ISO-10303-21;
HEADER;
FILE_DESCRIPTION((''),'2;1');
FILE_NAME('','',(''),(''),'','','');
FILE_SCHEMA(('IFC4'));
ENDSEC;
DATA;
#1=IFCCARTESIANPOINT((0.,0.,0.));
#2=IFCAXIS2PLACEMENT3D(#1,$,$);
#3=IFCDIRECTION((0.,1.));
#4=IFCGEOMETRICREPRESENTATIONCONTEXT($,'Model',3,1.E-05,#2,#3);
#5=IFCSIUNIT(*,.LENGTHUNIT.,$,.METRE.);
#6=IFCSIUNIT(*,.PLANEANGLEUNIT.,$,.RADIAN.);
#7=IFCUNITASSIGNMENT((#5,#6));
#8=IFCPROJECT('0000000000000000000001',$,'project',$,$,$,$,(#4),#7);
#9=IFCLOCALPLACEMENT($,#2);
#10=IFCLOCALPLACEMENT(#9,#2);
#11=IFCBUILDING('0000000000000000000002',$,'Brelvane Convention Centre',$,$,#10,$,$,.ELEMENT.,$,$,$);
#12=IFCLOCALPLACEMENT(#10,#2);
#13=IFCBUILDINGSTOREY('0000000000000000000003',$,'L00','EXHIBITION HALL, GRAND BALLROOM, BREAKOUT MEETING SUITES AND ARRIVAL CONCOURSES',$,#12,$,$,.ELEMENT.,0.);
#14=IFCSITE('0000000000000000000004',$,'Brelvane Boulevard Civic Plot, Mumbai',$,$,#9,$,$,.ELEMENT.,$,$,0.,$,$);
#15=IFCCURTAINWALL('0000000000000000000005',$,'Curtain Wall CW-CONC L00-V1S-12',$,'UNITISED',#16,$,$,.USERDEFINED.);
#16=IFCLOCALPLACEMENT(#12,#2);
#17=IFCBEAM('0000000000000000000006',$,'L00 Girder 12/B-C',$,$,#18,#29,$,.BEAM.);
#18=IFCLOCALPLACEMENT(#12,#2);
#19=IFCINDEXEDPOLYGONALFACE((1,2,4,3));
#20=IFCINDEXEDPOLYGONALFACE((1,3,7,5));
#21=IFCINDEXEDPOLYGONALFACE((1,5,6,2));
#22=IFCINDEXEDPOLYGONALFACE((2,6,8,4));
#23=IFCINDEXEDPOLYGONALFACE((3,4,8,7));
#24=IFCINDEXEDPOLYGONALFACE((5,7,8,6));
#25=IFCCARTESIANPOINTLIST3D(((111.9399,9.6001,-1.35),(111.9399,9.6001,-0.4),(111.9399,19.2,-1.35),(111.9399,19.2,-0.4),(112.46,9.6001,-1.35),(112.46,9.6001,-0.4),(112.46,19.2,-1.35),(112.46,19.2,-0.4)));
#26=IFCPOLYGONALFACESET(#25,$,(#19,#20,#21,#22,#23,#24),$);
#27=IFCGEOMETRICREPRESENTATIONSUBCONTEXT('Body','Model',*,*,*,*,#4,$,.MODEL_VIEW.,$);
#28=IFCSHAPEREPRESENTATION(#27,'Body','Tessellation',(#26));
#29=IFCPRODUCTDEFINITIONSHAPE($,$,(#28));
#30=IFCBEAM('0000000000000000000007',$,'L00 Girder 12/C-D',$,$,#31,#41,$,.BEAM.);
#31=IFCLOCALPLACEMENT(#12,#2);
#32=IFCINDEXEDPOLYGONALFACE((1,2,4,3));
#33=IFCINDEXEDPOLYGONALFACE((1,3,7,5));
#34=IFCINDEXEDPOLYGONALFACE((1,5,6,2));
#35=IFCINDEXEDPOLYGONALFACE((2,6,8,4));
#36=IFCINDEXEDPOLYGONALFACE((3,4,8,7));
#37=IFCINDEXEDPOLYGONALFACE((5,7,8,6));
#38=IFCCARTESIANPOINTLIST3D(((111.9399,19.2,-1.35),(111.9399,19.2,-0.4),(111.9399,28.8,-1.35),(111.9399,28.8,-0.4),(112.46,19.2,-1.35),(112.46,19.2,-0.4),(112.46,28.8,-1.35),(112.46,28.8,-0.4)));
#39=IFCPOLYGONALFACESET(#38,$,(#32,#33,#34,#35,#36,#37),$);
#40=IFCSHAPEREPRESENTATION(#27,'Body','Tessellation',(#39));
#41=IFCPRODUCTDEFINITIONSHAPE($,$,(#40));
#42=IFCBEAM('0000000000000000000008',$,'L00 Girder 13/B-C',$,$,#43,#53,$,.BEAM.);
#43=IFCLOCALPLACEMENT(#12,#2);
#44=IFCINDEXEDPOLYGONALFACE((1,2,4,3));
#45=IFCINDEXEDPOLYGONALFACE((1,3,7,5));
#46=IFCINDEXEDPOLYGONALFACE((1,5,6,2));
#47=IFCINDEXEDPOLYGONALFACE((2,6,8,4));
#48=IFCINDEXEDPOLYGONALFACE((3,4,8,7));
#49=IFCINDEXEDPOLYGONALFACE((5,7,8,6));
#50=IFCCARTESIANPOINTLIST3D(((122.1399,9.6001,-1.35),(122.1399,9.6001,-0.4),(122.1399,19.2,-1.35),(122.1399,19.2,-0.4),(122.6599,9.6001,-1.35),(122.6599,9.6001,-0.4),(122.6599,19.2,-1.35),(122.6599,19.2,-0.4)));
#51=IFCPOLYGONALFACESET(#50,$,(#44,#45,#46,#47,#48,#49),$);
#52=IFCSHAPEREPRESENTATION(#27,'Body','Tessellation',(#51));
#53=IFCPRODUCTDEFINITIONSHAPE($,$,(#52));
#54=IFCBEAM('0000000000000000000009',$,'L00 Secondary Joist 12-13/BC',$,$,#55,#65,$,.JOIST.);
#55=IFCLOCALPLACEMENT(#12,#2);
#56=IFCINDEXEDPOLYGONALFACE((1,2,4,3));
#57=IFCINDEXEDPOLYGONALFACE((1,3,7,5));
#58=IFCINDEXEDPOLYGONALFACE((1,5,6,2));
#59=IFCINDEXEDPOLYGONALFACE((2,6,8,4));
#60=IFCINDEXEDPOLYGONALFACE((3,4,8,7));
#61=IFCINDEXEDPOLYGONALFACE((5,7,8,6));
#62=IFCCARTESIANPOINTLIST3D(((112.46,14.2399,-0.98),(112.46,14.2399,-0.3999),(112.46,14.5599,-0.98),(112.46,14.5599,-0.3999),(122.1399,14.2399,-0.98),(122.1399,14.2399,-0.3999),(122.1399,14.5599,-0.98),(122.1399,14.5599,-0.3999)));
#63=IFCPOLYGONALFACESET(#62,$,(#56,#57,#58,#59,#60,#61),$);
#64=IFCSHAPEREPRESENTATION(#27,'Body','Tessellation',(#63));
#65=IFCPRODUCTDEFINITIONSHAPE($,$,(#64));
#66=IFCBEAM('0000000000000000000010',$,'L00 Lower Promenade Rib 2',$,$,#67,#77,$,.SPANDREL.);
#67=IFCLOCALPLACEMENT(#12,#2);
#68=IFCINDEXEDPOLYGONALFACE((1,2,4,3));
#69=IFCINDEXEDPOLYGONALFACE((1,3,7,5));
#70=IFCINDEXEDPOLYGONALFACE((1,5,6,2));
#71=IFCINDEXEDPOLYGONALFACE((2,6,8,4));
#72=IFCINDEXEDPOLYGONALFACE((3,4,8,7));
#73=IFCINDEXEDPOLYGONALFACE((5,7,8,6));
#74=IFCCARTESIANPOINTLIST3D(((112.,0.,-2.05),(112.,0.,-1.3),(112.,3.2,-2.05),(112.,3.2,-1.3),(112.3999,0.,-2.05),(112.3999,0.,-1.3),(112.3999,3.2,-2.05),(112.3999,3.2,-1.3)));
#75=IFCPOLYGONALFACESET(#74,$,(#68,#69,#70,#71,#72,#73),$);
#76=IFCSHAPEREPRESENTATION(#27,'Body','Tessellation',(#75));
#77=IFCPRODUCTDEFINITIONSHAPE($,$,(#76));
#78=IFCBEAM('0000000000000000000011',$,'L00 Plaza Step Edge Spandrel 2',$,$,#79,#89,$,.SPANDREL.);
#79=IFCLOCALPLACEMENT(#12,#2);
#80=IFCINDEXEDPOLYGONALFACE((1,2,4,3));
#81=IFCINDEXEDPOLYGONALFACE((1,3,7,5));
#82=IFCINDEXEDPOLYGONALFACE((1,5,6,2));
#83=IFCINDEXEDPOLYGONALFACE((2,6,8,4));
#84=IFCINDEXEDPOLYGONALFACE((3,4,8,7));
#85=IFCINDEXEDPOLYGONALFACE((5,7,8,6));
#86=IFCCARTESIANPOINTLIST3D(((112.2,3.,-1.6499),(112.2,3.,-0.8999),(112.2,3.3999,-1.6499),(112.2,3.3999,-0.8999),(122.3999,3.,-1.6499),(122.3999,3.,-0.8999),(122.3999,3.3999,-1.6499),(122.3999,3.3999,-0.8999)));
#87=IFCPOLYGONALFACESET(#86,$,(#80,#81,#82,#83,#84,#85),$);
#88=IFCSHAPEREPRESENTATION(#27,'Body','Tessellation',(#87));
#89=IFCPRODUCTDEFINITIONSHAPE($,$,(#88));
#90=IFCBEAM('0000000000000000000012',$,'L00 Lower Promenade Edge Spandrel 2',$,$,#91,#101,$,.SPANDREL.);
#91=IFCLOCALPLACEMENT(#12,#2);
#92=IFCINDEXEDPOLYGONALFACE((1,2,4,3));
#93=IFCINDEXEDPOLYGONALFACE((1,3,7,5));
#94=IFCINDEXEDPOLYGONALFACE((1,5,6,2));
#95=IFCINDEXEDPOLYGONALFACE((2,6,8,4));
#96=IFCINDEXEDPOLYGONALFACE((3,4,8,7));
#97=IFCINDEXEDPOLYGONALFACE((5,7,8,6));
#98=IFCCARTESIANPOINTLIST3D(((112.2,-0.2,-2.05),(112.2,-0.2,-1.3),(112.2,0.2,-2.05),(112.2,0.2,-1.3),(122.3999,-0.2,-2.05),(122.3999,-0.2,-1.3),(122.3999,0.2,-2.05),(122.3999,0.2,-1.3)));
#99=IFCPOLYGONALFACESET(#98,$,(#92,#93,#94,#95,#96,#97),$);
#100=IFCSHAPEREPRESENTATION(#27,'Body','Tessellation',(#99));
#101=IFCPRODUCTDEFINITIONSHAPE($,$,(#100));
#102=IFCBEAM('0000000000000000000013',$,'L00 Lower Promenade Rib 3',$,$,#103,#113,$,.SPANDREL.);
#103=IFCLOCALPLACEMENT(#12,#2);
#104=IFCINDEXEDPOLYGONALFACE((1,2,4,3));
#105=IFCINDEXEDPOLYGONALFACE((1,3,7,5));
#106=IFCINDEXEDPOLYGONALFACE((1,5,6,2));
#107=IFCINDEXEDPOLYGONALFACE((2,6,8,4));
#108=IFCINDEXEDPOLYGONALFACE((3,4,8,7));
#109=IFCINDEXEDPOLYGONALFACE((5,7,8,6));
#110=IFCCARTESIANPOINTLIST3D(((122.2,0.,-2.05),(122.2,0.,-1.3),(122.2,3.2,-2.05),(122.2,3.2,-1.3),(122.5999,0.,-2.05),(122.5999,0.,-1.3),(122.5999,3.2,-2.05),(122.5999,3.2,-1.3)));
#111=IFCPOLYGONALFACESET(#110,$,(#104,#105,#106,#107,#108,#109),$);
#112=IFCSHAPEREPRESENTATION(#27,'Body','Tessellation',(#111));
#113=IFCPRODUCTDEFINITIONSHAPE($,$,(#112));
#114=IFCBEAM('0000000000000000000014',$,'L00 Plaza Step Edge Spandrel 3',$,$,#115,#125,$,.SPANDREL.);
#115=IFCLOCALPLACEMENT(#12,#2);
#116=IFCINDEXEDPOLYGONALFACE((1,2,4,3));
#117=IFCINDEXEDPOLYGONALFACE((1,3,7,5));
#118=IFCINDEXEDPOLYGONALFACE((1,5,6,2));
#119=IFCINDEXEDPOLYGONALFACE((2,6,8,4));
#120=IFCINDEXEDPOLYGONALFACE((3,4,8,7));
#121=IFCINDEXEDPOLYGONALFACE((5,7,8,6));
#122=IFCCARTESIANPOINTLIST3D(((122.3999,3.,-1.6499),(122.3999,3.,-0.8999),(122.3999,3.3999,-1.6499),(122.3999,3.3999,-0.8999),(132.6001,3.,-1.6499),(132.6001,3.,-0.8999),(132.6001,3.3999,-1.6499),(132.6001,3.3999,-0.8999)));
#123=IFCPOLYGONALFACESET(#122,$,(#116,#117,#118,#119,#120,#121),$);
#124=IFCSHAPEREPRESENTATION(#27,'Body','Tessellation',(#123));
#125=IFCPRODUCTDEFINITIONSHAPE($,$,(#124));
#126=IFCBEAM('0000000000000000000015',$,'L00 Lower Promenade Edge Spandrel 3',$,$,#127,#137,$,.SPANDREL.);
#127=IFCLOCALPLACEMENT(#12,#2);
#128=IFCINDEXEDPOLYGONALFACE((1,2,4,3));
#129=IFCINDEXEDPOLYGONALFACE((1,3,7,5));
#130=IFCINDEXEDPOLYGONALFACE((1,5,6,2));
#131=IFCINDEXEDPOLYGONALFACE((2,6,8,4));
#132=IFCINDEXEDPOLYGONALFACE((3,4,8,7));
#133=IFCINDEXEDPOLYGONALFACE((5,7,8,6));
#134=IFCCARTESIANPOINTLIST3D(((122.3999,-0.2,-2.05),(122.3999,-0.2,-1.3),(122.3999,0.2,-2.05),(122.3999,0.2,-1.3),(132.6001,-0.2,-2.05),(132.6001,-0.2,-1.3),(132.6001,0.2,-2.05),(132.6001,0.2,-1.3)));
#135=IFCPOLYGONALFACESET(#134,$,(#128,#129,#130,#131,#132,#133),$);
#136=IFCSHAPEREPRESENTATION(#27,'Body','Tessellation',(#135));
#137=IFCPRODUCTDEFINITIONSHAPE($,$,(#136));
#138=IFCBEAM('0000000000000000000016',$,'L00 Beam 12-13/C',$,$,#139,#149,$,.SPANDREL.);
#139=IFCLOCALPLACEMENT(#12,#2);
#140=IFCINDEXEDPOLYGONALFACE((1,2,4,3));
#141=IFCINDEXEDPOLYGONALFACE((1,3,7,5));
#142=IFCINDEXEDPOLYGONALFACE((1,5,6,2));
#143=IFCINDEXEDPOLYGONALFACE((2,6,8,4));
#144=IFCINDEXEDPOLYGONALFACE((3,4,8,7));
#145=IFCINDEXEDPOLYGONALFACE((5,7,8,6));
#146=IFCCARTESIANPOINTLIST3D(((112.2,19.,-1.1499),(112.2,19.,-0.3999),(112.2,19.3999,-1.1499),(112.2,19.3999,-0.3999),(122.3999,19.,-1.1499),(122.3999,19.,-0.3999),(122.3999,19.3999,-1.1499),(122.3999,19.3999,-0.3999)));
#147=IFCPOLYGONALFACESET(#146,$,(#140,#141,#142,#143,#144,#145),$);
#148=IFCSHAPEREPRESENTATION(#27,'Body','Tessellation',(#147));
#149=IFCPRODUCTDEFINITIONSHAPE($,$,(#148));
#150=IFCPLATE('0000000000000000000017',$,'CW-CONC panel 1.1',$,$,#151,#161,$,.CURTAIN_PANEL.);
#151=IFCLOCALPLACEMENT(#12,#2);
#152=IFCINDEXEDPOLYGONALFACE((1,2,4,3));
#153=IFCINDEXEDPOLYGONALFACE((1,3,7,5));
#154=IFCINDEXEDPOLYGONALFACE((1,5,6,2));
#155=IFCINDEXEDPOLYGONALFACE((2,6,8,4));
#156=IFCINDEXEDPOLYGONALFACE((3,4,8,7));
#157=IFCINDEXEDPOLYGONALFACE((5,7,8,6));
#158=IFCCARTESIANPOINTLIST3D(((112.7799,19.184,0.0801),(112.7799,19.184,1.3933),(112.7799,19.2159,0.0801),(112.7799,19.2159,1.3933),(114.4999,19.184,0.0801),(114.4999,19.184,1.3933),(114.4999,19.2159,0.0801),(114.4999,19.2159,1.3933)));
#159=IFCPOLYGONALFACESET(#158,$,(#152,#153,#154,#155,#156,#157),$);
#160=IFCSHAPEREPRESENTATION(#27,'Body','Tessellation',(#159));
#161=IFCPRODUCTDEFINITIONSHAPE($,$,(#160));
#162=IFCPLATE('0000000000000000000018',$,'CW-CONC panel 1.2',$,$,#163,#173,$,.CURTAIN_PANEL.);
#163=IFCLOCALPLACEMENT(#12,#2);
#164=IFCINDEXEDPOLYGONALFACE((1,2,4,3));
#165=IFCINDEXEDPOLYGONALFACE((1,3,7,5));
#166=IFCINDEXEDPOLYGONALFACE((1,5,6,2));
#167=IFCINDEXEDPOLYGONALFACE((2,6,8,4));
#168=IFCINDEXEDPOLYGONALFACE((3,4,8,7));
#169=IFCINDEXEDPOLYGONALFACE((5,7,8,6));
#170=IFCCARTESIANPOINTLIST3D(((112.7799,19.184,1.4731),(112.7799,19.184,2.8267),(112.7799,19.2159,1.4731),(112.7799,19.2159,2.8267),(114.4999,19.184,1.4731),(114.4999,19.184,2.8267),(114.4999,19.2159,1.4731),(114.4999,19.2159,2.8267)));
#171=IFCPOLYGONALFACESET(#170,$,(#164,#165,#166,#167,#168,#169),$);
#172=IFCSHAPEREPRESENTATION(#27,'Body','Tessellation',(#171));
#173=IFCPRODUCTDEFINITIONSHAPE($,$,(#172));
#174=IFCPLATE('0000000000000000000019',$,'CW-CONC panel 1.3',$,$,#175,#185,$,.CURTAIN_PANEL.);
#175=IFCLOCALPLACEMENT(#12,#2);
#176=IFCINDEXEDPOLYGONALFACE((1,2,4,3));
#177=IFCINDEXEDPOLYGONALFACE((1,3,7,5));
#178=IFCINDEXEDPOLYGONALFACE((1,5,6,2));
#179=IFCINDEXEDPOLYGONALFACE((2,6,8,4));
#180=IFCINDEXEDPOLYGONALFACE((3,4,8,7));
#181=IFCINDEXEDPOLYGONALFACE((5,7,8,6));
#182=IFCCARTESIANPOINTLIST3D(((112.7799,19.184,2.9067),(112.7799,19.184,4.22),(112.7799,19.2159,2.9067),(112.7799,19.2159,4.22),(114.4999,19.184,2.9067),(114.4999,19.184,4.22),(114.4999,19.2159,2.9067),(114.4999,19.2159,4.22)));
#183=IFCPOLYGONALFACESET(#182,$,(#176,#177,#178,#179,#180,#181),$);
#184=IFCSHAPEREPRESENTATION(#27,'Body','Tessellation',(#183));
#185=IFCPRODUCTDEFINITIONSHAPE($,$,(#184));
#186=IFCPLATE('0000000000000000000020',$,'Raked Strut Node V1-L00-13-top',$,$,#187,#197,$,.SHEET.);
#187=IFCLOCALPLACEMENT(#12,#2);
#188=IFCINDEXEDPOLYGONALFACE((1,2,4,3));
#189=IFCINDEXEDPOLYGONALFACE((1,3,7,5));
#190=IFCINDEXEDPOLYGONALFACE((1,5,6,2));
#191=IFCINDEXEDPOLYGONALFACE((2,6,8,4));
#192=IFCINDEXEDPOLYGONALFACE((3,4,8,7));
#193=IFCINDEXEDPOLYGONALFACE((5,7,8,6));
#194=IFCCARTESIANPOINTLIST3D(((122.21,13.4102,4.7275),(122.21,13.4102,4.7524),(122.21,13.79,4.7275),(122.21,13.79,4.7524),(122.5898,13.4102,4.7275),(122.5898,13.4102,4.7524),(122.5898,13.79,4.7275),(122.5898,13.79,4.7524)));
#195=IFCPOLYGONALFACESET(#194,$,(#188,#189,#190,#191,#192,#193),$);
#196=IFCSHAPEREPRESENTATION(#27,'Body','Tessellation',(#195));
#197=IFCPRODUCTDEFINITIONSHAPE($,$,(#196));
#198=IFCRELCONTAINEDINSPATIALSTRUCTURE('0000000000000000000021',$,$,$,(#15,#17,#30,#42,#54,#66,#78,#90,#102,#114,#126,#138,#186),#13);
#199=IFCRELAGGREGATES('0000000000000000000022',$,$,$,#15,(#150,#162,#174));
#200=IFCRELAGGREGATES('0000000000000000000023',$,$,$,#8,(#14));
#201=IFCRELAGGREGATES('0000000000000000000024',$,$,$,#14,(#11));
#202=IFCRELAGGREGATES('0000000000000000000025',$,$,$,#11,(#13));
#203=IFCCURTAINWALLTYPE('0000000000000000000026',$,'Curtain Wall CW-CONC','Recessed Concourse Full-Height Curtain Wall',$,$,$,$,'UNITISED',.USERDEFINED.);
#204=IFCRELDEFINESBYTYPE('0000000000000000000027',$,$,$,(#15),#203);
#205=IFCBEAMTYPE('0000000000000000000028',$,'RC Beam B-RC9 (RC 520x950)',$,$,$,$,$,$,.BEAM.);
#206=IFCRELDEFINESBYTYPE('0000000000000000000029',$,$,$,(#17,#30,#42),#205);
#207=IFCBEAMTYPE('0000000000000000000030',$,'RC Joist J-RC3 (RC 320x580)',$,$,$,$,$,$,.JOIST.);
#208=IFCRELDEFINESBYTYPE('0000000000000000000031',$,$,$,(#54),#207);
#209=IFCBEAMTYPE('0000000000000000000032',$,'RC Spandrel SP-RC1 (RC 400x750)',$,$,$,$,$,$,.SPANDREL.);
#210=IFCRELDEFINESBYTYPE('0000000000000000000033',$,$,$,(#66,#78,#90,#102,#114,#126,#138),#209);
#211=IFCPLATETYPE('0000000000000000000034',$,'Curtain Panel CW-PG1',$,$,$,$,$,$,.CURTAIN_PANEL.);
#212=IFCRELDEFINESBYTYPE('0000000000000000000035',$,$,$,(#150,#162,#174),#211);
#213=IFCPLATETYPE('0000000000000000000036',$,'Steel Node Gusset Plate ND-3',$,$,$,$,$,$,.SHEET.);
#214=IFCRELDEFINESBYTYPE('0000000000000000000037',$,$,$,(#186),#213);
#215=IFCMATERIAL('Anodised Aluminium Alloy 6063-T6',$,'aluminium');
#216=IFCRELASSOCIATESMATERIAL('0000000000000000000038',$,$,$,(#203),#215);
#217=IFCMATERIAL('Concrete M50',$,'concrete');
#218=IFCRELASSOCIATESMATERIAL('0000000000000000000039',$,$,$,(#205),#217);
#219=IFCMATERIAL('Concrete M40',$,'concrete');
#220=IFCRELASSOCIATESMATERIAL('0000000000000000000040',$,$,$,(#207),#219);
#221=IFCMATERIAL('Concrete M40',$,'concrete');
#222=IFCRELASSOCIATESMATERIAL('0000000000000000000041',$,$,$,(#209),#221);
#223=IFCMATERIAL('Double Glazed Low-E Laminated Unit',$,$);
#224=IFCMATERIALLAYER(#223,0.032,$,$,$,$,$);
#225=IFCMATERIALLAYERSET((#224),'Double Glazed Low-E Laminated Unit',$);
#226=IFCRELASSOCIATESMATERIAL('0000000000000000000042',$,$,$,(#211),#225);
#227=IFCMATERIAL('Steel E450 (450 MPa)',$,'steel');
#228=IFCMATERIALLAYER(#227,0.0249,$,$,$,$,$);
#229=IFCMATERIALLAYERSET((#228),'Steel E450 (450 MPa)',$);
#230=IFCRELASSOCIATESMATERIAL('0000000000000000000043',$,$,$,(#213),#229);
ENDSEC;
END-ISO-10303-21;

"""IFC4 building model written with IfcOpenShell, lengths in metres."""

from ifc_helpers import new_model, si_unit, direction, frame, origin, origin_2d, place, context, subcontext, project, spatial, rectangle, extrude, material, layer, layer_set, material_profile, profile_set, type_object, element, aggregate, save


model = new_model("IFC4")

# Units and contexts
model_context = context("Model", 3, precision=1e-05, world=origin(), true_north=direction((0.0, 1.0)))
body_context = subcontext(model_context, "Body", "Model", "MODEL_VIEW")
ifc_project = project(units=[si_unit("LENGTHUNIT", "METRE"), si_unit("PLANEANGLEUNIT", "RADIAN")], contexts=[model_context])

# Site, building, storey
site_placement = place(None, origin())
site = spatial("IfcSite", under=ifc_project, at=site_placement, Name="Brelvane Boulevard Civic Plot, Mumbai", CompositionType="ELEMENT", RefElevation=0.0)
building_placement = place(site_placement, origin())
building = spatial("IfcBuilding", under=site, at=building_placement, Name="Brelvane Convention Centre", CompositionType="ELEMENT")
storey_placement = place(building_placement, origin())
storey = spatial("IfcBuildingStorey", under=building, at=storey_placement, Name="L00", Description="EXHIBITION HALL, GRAND BALLROOM, BREAKOUT MEETING SUITES AND ARRIVAL CONCOURSES", CompositionType="ELEMENT", Elevation=0.0)

# Curtain wall
ifc_material_1 = material(Name="Anodised Aluminium Alloy 6063-T6", Category="aluminium")
curtain_wall_type = type_object("IfcCurtainWallType", Name="Curtain Wall CW-CONC", Description="Recessed Concourse Full-Height Curtain Wall", ElementType="UNITISED", PredefinedType="USERDEFINED", material=ifc_material_1)
curtain_wall_placement = place(storey_placement, origin())
curtain_wall = element("IfcCurtainWall", 1, at=curtain_wall_placement, inside=storey, type_object=curtain_wall_type, Name="Curtain Wall CW-CONC L00-V1S-12", ObjectType="UNITISED", PredefinedType="USERDEFINED")

# Beams
ifc_material_2 = material(Name="Concrete M50", Category="concrete")
ifc_material_profile_1 = material_profile(ifc_material_2, rectangle(XDim=0.52, YDim=0.95, at=origin_2d()), Name="RC 520x950")
ifc_profile_set_1 = profile_set([ifc_material_profile_1], Name="Concrete M50")
beam_type_1 = type_object("IfcBeamType", Name="RC Beam B-RC9 (RC 520x950)", PredefinedType="BEAM", material=ifc_profile_set_1)
beam_1_placement = place(storey_placement, frame((112.2, 9.6001, -0.875), z_axis=(0.0, 1.0, 0.0), x_axis=(-1.0, 0.0, 0.0)))
element("IfcBeam", 2, at=beam_1_placement, inside=storey, type_object=beam_type_1, Name="L00 Girder 12/B-C", PredefinedType="BEAM", context=body_context, shape_type="SweptSolid", body=[
    extrude(rectangle(XDim=0.52, YDim=0.95, at=origin_2d()), origin(), (0.0, 0.0, 1.0), 9.5999),
])
beam_2_placement = place(storey_placement, frame((112.2, 19.2, -0.875), z_axis=(0.0, 1.0, 0.0), x_axis=(-1.0, 0.0, 0.0)))
element("IfcBeam", 3, at=beam_2_placement, inside=storey, type_object=beam_type_1, Name="L00 Girder 12/C-D", PredefinedType="BEAM", context=body_context, shape_type="SweptSolid", body=[
    extrude(rectangle(XDim=0.52, YDim=0.95, at=origin_2d()), origin(), (0.0, 0.0, 1.0), 9.6001),
])
beam_3_placement = place(storey_placement, frame((122.3999, 9.6001, -0.875), z_axis=(0.0, 1.0, 0.0), x_axis=(-1.0, 0.0, 0.0)))
element("IfcBeam", 4, at=beam_3_placement, inside=storey, type_object=beam_type_1, Name="L00 Girder 13/B-C", PredefinedType="BEAM", context=body_context, shape_type="SweptSolid", body=[
    extrude(rectangle(XDim=0.52, YDim=0.95, at=origin_2d()), origin(), (0.0, 0.0, 1.0), 9.5999),
])
ifc_material_3 = material(Name="Concrete M40", Category="concrete")
ifc_material_profile_2 = material_profile(ifc_material_3, rectangle(XDim=0.3201, YDim=0.5801, at=origin_2d()), Name="RC 320x580")
ifc_profile_set_2 = profile_set([ifc_material_profile_2], Name="Concrete M40")
beam_type_2 = type_object("IfcBeamType", Name="RC Joist J-RC3 (RC 320x580)", PredefinedType="JOIST", material=ifc_profile_set_2)
beam_4_placement = place(storey_placement, frame((112.46, 14.3999, -0.6899), z_axis=(1.0, 0.0, 0.0), x_axis=(0.0, 1.0, 0.0)))
element("IfcBeam", 5, at=beam_4_placement, inside=storey, type_object=beam_type_2, Name="L00 Secondary Joist 12-13/BC", PredefinedType="JOIST", context=body_context, shape_type="SweptSolid", body=[
    extrude(rectangle(XDim=0.3201, YDim=0.5801, at=origin_2d()), origin(), (0.0, 0.0, 1.0), 9.6799),
])
ifc_material_4 = material(Name="Concrete M40", Category="concrete")
ifc_material_profile_3 = material_profile(ifc_material_4, rectangle(XDim=0.3999, YDim=0.75, at=origin_2d()), Name="RC 400x750")
ifc_profile_set_3 = profile_set([ifc_material_profile_3], Name="Concrete M40")
beam_type_3 = type_object("IfcBeamType", Name="RC Spandrel SP-RC1 (RC 400x750)", PredefinedType="SPANDREL", material=ifc_profile_set_3)
beam_5_placement = place(storey_placement, frame((112.2, 0.0, -1.675), z_axis=(0.0, 1.0, 0.0), x_axis=(-1.0, 0.0, 0.0)))
element("IfcBeam", 6, at=beam_5_placement, inside=storey, type_object=beam_type_3, Name="L00 Lower Promenade Rib 2", PredefinedType="SPANDREL", context=body_context, shape_type="SweptSolid", body=[
    extrude(rectangle(XDim=0.3999, YDim=0.75, at=origin_2d()), origin(), (0.0, 0.0, 1.0), 3.2),
])
for number, where, z_axis, x_axis, name in (
    (7, (112.2, 3.2, -1.2749), (1.0, 0.0, 0.0), (0.0, 1.0, 0.0), "L00 Plaza Step Edge Spandrel 2"),
    (8, (112.2, 0.0, -1.675), (1.0, 0.0, 0.0), (0.0, 1.0, 0.0), "L00 Lower Promenade Edge Spandrel 2"),
):
    element("IfcBeam", number, at=place(storey_placement, frame(where, z_axis=z_axis, x_axis=x_axis)), inside=storey, type_object=beam_type_3, Name=name, PredefinedType="SPANDREL", context=body_context, shape_type="SweptSolid", body=[
        extrude(rectangle(XDim=0.3999, YDim=0.75, at=origin_2d()), origin(), (0.0, 0.0, 1.0), 10.2),
    ])
beam_6_placement = place(storey_placement, frame((122.3999, 0.0, -1.675), z_axis=(0.0, 1.0, 0.0), x_axis=(-1.0, 0.0, 0.0)))
element("IfcBeam", 9, at=beam_6_placement, inside=storey, type_object=beam_type_3, Name="L00 Lower Promenade Rib 3", PredefinedType="SPANDREL", context=body_context, shape_type="SweptSolid", body=[
    extrude(rectangle(XDim=0.3999, YDim=0.75, at=origin_2d()), origin(), (0.0, 0.0, 1.0), 3.2),
])
for number, where, z_axis, x_axis, name in (
    (10, (122.3999, 3.2, -1.2749), (1.0, 0.0, 0.0), (0.0, 1.0, 0.0), "L00 Plaza Step Edge Spandrel 3"),
    (11, (122.3999, 0.0, -1.675), (1.0, 0.0, 0.0), (0.0, 1.0, 0.0), "L00 Lower Promenade Edge Spandrel 3"),
):
    element("IfcBeam", number, at=place(storey_placement, frame(where, z_axis=z_axis, x_axis=x_axis)), inside=storey, type_object=beam_type_3, Name=name, PredefinedType="SPANDREL", context=body_context, shape_type="SweptSolid", body=[
        extrude(rectangle(XDim=0.3999, YDim=0.75, at=origin_2d()), origin(), (0.0, 0.0, 1.0), 10.2002),
    ])
beam_7_placement = place(storey_placement, frame((112.2, 19.2, -0.7749), z_axis=(1.0, 0.0, 0.0), x_axis=(0.0, 1.0, 0.0)))
element("IfcBeam", 12, at=beam_7_placement, inside=storey, type_object=beam_type_3, Name="L00 Beam 12-13/C", PredefinedType="SPANDREL", context=body_context, shape_type="SweptSolid", body=[
    extrude(rectangle(XDim=0.3999, YDim=0.75, at=origin_2d()), origin(), (0.0, 0.0, 1.0), 10.2),
])

# Plates
ifc_material_5 = material(Name="Double Glazed Low-E Laminated Unit")
ifc_layer_1 = layer(ifc_material_5, 0.032)
ifc_layer_set_1 = layer_set([ifc_layer_1], Name="Double Glazed Low-E Laminated Unit")
plate_type_1 = type_object("IfcPlateType", Name="Curtain Panel CW-PG1", PredefinedType="CURTAIN_PANEL", material=ifc_layer_set_1)
plate_1_placement = place(storey_placement, frame((113.6399, 19.2, 0.0801), z_axis=(0.0, 0.0, 1.0), x_axis=(1.0, 0.0, 0.0)))
plate_1 = element("IfcPlate", 13, at=plate_1_placement, type_object=plate_type_1, Name="CW-CONC panel 1.1", PredefinedType="CURTAIN_PANEL", context=body_context, shape_type="SweptSolid", body=[
    extrude(rectangle(XDim=1.72, YDim=0.032, at=origin_2d()), origin(), (0.0, 0.0, 1.0), 1.3132),
])
plate_2_placement = place(storey_placement, frame((113.6399, 19.2, 1.4731), z_axis=(0.0, 0.0, 1.0), x_axis=(1.0, 0.0, 0.0)))
plate_2 = element("IfcPlate", 14, at=plate_2_placement, type_object=plate_type_1, Name="CW-CONC panel 1.2", PredefinedType="CURTAIN_PANEL", context=body_context, shape_type="SweptSolid", body=[
    extrude(rectangle(XDim=1.72, YDim=0.032, at=origin_2d()), origin(), (0.0, 0.0, 1.0), 1.3535),
])
plate_3_placement = place(storey_placement, frame((113.6399, 19.2, 2.9067), z_axis=(0.0, 0.0, 1.0), x_axis=(1.0, 0.0, 0.0)))
plate_3 = element("IfcPlate", 15, at=plate_3_placement, type_object=plate_type_1, Name="CW-CONC panel 1.3", PredefinedType="CURTAIN_PANEL", context=body_context, shape_type="SweptSolid", body=[
    extrude(rectangle(XDim=1.72, YDim=0.032, at=origin_2d()), origin(), (0.0, 0.0, 1.0), 1.3132),
])
aggregate(curtain_wall, [plate_1, plate_2, plate_3])
ifc_material_6 = material(Name="Steel E450 (450 MPa)", Category="steel")
ifc_layer_2 = layer(ifc_material_6, 0.0249)
ifc_layer_set_2 = layer_set([ifc_layer_2], Name="Steel E450 (450 MPa)")
plate_type_2 = type_object("IfcPlateType", Name="Steel Node Gusset Plate ND-3", PredefinedType="SHEET", material=ifc_layer_set_2)
plate_4_placement = place(storey_placement, frame((122.3999, 13.6001, 4.7275), z_axis=(0.0, 0.0, 1.0), x_axis=(1.0, 0.0, 0.0)))
element("IfcPlate", 16, at=plate_4_placement, inside=storey, type_object=plate_type_2, Name="Raked Strut Node V1-L00-13-top", PredefinedType="SHEET", context=body_context, shape_type="SweptSolid", body=[
    extrude(rectangle(XDim=0.3799, YDim=0.3799, at=origin_2d()), origin(), (0.0, 0.0, 1.0), 0.0249),
])

save(model, "model.ifc")
